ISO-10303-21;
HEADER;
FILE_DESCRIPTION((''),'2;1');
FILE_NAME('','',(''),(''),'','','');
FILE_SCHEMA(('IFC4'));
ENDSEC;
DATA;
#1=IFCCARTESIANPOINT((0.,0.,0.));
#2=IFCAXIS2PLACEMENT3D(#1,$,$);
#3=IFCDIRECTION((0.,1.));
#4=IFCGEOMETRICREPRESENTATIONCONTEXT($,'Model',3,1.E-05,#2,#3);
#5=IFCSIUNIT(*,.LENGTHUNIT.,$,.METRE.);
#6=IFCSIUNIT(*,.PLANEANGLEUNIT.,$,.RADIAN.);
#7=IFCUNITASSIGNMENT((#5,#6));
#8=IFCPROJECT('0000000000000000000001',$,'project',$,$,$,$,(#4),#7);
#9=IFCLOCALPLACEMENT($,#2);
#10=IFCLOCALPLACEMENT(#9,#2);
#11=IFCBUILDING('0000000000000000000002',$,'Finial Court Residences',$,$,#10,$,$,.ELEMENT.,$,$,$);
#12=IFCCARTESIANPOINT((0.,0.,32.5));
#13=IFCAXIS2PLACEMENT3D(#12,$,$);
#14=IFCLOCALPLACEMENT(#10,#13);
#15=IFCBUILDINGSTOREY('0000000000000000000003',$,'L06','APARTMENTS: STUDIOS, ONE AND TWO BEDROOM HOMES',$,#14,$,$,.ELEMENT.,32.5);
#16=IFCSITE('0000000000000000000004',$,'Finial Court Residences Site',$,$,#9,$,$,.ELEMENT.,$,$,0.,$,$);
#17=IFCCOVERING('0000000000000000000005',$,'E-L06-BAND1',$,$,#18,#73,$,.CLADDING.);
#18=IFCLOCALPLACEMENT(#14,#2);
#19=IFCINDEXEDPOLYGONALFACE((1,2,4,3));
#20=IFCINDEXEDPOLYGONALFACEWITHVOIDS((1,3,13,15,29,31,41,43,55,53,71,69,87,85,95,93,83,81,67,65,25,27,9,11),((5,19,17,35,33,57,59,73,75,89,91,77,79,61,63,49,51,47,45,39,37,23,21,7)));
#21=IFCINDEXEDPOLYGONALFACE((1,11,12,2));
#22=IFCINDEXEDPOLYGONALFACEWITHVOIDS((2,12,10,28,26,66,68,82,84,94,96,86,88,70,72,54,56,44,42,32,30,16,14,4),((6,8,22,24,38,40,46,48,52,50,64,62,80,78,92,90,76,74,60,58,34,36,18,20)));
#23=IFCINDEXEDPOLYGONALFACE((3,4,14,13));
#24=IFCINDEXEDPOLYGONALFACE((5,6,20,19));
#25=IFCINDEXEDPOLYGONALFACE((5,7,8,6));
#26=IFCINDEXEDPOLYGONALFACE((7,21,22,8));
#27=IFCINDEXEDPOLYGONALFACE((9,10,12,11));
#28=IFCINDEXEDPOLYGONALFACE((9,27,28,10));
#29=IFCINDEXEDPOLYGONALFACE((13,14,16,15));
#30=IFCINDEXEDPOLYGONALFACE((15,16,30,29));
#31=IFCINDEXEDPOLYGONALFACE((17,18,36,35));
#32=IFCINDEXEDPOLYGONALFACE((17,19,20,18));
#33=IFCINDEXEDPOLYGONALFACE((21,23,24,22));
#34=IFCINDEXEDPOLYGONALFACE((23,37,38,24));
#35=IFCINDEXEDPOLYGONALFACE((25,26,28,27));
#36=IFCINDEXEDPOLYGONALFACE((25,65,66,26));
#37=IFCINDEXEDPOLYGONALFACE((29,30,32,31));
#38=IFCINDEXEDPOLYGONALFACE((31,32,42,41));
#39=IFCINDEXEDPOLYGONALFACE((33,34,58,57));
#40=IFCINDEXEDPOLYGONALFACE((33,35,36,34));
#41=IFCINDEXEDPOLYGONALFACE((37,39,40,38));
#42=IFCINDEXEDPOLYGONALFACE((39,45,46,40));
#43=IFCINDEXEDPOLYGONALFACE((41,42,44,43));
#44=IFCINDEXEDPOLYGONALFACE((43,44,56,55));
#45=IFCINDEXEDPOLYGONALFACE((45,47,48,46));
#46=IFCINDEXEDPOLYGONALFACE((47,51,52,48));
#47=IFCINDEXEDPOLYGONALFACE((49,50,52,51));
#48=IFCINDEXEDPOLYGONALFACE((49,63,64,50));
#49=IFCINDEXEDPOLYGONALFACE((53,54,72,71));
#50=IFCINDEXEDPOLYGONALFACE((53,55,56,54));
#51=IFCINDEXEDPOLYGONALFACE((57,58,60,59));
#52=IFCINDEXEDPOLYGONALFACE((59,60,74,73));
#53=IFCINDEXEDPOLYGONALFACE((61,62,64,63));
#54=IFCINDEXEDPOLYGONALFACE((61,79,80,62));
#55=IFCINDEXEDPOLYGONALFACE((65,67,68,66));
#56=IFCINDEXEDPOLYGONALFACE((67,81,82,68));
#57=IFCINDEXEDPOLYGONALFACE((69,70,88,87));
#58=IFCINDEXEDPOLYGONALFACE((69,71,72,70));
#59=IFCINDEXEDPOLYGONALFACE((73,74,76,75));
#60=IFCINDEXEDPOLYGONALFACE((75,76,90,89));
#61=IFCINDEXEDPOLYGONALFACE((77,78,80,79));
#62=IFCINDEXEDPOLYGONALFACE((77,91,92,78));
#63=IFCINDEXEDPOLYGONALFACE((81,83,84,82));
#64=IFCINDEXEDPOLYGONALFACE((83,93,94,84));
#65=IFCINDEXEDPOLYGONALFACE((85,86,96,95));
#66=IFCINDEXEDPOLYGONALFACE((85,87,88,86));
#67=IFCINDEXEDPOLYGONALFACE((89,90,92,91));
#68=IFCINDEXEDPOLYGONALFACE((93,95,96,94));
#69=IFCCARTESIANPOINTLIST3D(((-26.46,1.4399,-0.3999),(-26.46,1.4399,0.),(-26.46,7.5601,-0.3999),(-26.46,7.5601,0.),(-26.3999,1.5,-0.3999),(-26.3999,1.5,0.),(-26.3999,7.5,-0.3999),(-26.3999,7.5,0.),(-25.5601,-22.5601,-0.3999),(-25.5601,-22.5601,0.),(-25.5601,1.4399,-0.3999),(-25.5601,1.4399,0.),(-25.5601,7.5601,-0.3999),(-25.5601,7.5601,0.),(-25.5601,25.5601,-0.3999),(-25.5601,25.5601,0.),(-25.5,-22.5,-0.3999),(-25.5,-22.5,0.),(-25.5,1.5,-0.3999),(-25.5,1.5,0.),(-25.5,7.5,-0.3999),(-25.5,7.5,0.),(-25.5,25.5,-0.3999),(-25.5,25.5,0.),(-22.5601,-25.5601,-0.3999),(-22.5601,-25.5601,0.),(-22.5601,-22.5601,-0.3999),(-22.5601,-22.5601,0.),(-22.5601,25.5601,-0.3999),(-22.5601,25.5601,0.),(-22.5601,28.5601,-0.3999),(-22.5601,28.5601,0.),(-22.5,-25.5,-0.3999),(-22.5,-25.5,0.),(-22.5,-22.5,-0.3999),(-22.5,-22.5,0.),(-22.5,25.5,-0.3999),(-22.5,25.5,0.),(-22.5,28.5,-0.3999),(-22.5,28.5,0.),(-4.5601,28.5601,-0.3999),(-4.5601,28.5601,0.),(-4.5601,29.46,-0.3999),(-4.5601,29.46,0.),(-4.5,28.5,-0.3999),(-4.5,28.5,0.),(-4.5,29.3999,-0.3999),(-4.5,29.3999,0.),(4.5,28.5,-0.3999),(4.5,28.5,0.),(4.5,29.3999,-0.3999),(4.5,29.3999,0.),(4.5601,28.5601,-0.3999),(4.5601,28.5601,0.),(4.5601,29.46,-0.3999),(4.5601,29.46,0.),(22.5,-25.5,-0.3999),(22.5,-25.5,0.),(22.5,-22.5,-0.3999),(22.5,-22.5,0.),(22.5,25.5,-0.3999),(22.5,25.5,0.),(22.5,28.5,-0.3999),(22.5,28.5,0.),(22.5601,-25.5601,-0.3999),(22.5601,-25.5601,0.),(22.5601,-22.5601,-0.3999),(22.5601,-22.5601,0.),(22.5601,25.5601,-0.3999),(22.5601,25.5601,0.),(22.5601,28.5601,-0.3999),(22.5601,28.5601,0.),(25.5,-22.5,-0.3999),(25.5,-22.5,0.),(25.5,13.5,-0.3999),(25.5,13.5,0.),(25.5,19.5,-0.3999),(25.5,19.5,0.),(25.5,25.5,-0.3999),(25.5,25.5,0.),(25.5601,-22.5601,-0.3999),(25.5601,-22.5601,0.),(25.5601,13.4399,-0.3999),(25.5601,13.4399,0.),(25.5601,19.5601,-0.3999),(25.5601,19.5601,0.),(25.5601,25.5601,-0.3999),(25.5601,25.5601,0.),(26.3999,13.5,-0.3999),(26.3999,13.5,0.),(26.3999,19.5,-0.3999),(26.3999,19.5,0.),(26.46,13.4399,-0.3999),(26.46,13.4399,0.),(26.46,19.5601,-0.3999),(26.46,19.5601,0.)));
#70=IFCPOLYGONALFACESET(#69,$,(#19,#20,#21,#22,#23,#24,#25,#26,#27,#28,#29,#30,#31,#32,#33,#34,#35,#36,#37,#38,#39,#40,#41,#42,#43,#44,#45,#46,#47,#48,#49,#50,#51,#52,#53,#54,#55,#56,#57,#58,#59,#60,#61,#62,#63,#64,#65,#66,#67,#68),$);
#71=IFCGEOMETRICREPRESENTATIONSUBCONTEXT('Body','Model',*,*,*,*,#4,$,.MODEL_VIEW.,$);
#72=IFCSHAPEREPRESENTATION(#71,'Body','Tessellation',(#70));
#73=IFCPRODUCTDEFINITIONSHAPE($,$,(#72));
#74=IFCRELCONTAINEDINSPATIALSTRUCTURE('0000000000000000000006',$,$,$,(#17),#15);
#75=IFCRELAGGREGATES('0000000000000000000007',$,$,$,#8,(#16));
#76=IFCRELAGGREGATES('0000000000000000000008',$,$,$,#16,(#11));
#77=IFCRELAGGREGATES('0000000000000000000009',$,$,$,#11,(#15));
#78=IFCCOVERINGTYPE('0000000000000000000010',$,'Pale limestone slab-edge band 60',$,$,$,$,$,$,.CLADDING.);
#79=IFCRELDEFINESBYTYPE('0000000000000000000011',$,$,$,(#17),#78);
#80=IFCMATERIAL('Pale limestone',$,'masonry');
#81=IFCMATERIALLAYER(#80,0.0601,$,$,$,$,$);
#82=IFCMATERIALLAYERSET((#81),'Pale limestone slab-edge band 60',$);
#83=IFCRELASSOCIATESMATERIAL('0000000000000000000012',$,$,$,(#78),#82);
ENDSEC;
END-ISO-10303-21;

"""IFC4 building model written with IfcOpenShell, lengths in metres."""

from ifc_helpers import new_model, si_unit, direction, frame, origin, place, context, subcontext, project, spatial, polyline, outline, extrude, material, layer, layer_set, type_object, element, save


model = new_model("IFC4")

# Units and contexts
model_context = context("Model", 3, precision=1e-05, world=origin(), true_north=direction((0.0, 1.0)))
body_context = subcontext(model_context, "Body", "Model", "MODEL_VIEW")
ifc_project = project(units=[si_unit("LENGTHUNIT", "METRE"), si_unit("PLANEANGLEUNIT", "RADIAN")], contexts=[model_context])

# Site, building, storey
site_placement = place(None, origin())
site = spatial("IfcSite", under=ifc_project, at=site_placement, Name="Finial Court Residences Site", CompositionType="ELEMENT", RefElevation=0.0)
building_placement = place(site_placement, origin())
building = spatial("IfcBuilding", under=site, at=building_placement, Name="Finial Court Residences", CompositionType="ELEMENT")
storey_placement = place(building_placement, frame((0.0, 0.0, 32.5)))
storey = spatial("IfcBuildingStorey", under=building, at=storey_placement, Name="L06", Description="APARTMENTS: STUDIOS, ONE AND TWO BEDROOM HOMES", CompositionType="ELEMENT", Elevation=32.5)

# Covering
ifc_material_1 = material(Name="Pale limestone", Category="masonry")
ifc_layer_1 = layer(ifc_material_1, 0.0601)
ifc_layer_set_1 = layer_set([ifc_layer_1], Name="Pale limestone slab-edge band 60")
covering_type = type_object("IfcCoveringType", Name="Pale limestone slab-edge band 60", PredefinedType="CLADDING", material=ifc_layer_set_1)
covering_placement = place(storey_placement, frame((0.0, 0.0, -0.3999)))
element("IfcCovering", 1, at=covering_placement, inside=storey, type_object=covering_type, Name="E-L06-BAND1", PredefinedType="CLADDING", context=body_context, shape_type="SweptSolid", body=[
    extrude(outline(polyline([(-22.5601, -22.5601), (-25.5601, -22.5601), (-25.5601, 1.4399), (-26.46, 1.4399), (-26.46, 7.5601), (-25.5601, 7.5601), (-25.5601, 25.5601), (-22.5601, 25.5601), (-22.5601, 28.5601), (-4.5601, 28.5601), (-4.5601, 29.46), (4.5601, 29.46), (4.5601, 28.5601), (22.5601, 28.5601), (22.5601, 25.5601), (25.5601, 25.5601), (25.5601, 19.5601), (26.46, 19.5601), (26.46, 13.4399), (25.5601, 13.4399), (25.5601, -22.5601), (22.5601, -22.5601), (22.5601, -25.5601), (-22.5601, -25.5601), (-22.5601, -22.5601)]), holes=[polyline([(22.5, -25.5), (22.5, -22.5), (25.5, -22.5), (25.5, 13.5), (26.3999, 13.5), (26.3999, 19.5), (25.5, 19.5), (25.5, 25.5), (22.5, 25.5), (22.5, 28.5), (4.5, 28.5), (4.5, 29.3999), (-4.5, 29.3999), (-4.5, 28.5), (-22.5, 28.5), (-22.5, 25.5), (-25.5, 25.5), (-25.5, 7.5), (-26.3999, 7.5), (-26.3999, 1.5), (-25.5, 1.5), (-25.5, -22.5), (-22.5, -22.5), (-22.5, -25.5), (22.5, -25.5)])]), origin(), (0.0, 0.0, 1.0), 0.3999),
])

save(model, "model.ifc")
